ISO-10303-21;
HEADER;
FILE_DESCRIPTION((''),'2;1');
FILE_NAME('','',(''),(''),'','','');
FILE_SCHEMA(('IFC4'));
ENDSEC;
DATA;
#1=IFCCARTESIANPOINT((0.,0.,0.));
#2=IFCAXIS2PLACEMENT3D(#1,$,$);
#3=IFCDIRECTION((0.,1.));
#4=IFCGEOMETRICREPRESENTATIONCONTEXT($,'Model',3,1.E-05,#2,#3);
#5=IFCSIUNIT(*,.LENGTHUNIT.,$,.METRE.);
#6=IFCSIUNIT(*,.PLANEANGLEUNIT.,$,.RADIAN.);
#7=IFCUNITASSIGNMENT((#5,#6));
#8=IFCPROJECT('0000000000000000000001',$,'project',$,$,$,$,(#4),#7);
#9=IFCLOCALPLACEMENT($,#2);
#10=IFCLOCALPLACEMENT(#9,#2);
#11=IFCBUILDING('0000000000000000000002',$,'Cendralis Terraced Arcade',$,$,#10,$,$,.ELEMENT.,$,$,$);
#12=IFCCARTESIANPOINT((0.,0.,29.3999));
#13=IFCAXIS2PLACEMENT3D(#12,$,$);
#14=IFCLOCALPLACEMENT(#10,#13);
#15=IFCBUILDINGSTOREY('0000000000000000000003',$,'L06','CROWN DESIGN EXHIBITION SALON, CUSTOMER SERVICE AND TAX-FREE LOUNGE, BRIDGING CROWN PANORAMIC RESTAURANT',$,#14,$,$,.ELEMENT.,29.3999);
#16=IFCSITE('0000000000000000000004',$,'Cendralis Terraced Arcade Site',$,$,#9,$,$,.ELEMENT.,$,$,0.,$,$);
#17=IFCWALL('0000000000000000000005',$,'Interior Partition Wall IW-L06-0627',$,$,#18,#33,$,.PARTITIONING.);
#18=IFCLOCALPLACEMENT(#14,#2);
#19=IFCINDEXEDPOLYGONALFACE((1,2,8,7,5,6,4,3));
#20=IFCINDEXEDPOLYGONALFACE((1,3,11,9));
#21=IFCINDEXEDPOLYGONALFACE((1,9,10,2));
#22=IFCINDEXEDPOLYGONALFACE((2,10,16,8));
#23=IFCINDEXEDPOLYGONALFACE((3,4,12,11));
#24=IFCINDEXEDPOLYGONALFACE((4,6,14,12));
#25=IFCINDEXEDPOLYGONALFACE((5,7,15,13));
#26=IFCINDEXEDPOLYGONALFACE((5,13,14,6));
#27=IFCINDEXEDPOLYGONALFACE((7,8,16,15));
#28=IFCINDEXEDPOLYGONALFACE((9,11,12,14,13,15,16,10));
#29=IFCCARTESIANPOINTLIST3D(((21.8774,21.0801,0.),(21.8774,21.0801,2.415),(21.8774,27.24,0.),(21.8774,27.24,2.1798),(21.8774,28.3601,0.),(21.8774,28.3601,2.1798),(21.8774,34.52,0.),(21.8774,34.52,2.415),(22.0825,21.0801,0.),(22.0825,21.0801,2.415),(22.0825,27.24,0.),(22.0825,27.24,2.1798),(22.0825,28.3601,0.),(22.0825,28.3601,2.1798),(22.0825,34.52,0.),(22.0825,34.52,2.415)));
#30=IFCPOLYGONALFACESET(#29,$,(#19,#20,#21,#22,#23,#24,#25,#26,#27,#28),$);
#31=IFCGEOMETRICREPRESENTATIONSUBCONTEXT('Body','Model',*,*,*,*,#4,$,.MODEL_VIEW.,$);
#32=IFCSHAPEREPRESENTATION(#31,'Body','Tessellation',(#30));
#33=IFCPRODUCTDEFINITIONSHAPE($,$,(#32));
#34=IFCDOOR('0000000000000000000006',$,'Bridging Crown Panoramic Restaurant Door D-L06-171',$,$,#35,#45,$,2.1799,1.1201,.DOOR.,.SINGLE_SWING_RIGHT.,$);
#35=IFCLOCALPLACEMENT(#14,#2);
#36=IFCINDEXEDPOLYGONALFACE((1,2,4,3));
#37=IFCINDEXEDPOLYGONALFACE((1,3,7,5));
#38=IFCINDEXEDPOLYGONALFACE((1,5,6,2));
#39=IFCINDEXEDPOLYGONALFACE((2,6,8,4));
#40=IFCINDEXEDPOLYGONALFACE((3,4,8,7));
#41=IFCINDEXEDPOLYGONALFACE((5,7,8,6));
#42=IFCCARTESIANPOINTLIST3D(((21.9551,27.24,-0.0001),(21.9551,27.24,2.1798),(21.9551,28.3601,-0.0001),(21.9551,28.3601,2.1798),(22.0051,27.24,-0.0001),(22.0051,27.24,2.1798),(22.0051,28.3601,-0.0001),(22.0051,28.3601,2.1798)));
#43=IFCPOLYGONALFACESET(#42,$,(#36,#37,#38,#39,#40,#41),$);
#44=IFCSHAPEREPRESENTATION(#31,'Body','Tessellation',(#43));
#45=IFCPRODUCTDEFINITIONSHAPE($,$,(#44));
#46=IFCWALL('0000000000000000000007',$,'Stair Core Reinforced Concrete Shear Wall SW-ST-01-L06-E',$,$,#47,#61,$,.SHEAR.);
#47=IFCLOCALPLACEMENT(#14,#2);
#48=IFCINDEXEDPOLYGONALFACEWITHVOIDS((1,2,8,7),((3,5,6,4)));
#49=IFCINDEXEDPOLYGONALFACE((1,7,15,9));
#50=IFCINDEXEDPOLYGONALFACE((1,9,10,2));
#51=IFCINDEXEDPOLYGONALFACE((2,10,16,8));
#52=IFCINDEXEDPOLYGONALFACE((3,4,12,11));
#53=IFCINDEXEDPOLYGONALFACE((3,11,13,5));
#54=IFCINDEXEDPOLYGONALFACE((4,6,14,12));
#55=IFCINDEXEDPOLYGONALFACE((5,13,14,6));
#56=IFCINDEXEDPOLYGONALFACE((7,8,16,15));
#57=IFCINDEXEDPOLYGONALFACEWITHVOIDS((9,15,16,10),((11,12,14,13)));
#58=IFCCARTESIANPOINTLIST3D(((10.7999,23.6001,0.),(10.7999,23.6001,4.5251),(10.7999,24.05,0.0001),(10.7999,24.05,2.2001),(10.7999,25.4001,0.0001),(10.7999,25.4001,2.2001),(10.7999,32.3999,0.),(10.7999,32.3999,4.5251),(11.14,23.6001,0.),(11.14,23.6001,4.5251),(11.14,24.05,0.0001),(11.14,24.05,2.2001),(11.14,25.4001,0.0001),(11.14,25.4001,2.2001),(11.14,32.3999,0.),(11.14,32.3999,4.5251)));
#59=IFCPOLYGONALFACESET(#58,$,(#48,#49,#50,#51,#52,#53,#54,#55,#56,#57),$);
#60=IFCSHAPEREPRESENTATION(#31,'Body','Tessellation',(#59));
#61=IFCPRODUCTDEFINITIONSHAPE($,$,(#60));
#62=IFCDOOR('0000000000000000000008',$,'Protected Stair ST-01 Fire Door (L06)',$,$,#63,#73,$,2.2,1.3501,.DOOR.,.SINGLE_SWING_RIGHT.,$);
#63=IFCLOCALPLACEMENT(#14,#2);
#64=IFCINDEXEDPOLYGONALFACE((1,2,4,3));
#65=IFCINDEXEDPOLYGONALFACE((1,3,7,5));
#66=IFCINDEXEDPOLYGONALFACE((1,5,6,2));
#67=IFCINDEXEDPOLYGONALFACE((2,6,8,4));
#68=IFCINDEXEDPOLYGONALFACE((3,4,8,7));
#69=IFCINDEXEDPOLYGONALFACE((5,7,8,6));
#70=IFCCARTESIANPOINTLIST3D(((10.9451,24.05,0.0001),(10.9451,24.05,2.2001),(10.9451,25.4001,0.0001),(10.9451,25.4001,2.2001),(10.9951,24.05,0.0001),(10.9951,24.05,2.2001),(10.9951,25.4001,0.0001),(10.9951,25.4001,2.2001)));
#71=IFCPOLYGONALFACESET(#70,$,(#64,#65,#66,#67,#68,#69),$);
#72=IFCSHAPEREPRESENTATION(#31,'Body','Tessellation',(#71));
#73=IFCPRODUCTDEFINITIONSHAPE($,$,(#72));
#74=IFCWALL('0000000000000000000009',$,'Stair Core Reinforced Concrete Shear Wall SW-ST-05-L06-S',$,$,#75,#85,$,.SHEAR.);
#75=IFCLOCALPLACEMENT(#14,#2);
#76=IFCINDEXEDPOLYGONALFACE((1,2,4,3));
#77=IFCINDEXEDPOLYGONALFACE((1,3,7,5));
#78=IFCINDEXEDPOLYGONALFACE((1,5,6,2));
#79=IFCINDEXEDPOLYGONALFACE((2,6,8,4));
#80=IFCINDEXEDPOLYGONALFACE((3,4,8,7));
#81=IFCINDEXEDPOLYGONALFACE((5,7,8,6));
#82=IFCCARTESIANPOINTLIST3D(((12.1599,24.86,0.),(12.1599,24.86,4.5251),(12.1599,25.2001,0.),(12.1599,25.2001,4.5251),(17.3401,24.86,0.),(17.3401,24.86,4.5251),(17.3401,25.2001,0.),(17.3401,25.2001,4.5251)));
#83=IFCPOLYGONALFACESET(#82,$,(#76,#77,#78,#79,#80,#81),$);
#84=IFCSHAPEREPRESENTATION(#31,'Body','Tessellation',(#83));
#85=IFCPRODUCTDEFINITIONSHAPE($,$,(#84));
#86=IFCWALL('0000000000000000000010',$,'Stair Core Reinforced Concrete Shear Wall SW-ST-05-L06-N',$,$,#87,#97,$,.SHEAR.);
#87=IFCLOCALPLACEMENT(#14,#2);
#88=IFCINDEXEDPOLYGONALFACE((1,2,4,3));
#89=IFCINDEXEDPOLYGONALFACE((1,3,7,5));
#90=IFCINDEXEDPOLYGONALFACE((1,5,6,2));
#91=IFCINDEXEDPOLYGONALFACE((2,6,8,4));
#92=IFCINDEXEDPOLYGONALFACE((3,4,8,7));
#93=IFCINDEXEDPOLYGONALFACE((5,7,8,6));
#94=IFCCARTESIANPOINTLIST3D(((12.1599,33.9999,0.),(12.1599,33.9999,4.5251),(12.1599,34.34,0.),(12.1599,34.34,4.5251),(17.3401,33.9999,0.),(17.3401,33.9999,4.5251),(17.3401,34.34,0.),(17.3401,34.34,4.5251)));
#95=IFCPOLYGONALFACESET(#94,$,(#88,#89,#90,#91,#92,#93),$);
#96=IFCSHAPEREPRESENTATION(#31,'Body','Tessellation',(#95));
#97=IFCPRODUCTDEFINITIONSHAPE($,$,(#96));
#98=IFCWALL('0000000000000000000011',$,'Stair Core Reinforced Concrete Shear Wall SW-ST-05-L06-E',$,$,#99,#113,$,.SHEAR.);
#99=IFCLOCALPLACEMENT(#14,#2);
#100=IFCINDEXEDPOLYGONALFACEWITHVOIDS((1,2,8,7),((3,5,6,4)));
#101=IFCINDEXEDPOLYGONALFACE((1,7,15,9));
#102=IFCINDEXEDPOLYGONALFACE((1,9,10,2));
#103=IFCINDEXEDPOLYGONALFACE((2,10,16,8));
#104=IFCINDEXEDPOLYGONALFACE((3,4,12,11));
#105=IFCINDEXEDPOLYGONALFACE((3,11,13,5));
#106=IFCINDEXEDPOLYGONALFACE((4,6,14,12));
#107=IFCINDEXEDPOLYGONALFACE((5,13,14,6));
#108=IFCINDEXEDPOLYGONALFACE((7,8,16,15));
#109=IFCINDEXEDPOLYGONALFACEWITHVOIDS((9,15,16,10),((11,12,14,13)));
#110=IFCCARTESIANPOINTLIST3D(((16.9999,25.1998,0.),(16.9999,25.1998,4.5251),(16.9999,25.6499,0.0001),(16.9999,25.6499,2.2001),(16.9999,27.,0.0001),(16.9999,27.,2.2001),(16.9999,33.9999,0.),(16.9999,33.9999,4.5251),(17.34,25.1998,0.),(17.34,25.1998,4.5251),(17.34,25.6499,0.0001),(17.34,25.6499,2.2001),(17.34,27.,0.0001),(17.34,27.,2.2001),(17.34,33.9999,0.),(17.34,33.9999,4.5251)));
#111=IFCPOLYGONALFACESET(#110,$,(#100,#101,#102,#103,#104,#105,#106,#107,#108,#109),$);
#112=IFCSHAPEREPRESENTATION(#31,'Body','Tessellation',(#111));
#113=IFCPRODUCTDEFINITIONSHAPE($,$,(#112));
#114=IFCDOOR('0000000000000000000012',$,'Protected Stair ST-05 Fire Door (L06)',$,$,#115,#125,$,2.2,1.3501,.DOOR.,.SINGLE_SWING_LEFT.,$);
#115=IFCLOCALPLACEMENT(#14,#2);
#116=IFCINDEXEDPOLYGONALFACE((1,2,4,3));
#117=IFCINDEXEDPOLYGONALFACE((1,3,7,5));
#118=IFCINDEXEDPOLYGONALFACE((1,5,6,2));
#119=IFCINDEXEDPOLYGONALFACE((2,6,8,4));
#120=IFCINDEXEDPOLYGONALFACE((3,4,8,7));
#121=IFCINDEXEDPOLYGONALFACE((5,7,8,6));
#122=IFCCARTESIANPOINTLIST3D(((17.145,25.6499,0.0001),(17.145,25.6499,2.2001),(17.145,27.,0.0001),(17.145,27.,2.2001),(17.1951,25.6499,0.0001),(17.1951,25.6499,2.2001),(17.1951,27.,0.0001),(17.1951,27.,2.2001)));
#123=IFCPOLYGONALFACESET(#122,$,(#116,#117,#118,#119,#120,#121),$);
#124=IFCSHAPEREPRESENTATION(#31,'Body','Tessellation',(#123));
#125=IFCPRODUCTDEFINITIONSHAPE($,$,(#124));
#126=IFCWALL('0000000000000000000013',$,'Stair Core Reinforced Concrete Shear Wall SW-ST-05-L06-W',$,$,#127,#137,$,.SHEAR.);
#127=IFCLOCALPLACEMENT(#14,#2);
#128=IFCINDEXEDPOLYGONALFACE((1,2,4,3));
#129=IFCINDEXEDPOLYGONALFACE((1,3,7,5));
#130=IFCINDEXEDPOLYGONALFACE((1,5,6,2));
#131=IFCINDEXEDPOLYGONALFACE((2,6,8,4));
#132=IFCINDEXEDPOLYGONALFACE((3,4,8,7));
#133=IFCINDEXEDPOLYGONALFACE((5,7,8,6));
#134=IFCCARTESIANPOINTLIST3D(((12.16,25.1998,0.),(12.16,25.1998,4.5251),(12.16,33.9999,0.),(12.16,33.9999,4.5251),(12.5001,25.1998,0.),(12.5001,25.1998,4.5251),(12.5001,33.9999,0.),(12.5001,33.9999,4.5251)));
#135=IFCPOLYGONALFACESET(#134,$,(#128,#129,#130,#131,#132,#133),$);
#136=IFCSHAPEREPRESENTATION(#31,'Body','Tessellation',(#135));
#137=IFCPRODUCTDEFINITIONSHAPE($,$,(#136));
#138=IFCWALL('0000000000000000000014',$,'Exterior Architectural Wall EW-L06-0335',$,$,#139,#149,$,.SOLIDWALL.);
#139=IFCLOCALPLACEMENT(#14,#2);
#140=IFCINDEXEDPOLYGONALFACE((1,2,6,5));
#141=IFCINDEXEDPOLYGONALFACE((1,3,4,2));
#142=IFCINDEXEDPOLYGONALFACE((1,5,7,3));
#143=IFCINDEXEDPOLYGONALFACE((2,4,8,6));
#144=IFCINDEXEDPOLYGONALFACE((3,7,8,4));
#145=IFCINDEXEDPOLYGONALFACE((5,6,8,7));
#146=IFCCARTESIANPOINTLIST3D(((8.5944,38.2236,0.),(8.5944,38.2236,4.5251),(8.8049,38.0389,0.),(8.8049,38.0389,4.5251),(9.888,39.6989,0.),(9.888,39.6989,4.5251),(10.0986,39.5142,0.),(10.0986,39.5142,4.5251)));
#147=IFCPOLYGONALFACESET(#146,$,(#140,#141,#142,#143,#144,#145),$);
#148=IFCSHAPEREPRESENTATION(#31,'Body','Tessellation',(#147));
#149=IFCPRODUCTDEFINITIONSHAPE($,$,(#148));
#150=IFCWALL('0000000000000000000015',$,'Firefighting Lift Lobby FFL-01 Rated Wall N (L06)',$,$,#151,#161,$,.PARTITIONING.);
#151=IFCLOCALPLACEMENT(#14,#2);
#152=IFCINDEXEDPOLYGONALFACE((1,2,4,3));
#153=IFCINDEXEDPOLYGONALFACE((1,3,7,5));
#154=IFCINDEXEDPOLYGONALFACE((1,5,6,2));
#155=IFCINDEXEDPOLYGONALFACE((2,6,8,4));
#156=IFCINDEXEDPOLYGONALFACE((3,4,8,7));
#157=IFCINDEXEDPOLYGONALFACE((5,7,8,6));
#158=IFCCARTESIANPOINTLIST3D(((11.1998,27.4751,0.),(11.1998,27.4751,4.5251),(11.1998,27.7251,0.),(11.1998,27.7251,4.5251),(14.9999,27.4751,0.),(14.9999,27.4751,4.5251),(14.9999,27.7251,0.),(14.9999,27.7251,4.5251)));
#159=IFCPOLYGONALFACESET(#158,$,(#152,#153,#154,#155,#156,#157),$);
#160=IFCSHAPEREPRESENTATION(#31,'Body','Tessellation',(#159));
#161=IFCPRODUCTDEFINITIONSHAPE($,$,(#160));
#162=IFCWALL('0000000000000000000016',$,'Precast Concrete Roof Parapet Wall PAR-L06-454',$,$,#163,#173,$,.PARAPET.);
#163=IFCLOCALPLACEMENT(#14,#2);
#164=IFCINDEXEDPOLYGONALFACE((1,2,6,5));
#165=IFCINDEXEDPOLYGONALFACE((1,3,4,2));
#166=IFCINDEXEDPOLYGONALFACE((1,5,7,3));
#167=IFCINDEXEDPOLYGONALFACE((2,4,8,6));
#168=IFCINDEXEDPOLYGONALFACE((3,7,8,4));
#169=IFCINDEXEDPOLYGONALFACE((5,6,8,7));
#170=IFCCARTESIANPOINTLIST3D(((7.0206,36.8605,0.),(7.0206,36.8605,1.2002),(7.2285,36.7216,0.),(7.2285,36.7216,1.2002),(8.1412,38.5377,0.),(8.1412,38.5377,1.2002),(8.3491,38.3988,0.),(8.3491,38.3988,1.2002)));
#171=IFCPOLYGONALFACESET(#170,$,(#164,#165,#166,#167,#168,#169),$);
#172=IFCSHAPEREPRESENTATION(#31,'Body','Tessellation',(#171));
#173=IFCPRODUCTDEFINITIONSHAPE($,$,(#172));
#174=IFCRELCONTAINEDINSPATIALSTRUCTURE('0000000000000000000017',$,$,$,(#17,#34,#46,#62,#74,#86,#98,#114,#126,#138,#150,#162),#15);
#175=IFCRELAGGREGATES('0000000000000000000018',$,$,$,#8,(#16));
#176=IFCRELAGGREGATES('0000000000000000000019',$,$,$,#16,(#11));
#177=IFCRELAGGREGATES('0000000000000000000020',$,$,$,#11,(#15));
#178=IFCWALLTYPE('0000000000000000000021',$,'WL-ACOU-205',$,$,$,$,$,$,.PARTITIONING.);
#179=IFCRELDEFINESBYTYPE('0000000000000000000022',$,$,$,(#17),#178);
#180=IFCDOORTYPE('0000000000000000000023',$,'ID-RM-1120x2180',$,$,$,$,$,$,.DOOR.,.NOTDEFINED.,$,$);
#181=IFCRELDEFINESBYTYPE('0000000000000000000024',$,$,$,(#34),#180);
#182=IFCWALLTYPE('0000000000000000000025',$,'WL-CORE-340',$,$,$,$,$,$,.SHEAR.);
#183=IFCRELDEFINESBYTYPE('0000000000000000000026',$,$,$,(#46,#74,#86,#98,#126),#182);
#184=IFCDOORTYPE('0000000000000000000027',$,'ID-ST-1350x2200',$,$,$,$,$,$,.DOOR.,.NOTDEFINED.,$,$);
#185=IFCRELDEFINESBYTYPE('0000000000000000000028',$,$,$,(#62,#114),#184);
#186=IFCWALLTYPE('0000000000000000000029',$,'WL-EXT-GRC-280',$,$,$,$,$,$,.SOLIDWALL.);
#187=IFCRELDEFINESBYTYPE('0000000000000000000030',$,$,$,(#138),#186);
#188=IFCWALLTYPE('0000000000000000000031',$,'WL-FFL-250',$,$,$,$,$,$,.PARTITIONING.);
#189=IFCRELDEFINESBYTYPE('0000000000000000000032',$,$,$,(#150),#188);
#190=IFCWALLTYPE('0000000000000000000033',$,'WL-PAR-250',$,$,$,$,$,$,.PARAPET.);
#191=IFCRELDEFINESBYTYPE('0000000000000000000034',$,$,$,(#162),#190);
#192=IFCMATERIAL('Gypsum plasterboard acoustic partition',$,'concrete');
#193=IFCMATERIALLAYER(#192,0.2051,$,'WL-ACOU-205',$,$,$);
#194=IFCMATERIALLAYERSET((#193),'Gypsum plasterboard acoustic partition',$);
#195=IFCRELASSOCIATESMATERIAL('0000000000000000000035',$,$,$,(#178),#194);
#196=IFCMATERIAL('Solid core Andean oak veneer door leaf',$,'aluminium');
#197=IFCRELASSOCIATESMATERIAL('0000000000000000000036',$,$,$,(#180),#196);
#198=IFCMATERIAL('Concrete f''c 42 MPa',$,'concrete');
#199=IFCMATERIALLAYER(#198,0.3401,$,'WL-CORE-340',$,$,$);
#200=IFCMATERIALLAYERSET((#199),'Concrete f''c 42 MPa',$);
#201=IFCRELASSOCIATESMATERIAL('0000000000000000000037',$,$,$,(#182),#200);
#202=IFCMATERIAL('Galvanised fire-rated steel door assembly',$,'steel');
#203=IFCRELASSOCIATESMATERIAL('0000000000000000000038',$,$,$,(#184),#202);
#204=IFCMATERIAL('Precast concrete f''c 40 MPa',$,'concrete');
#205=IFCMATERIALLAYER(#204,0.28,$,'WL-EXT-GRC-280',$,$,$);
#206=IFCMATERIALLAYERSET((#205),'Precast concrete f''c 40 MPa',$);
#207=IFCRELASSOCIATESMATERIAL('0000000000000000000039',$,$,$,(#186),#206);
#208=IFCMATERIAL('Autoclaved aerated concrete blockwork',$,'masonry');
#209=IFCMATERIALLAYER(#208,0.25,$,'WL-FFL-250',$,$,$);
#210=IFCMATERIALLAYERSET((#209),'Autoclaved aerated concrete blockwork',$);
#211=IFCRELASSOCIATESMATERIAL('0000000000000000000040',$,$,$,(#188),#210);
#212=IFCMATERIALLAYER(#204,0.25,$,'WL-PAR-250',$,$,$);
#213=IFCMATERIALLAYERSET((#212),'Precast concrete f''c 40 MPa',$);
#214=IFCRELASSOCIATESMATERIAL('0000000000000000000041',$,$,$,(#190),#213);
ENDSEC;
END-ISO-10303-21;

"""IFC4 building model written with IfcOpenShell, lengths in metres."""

from ifc_helpers import new_model, si_unit, direction, frame, frame_2d, origin, place, context, subcontext, project, spatial, rectangle, extrude, material, layer, layer_set, type_object, element, fill, save


model = new_model("IFC4")

# Units and contexts
model_context = context("Model", 3, precision=1e-05, world=origin(), true_north=direction((0.0, 1.0)))
body_context = subcontext(model_context, "Body", "Model", "MODEL_VIEW")
ifc_project = project(units=[si_unit("LENGTHUNIT", "METRE"), si_unit("PLANEANGLEUNIT", "RADIAN")], contexts=[model_context])

# Site, building, storey
site_placement = place(None, origin())
site = spatial("IfcSite", under=ifc_project, at=site_placement, Name="Cendralis Terraced Arcade Site", CompositionType="ELEMENT", RefElevation=0.0)
building_placement = place(site_placement, origin())
building = spatial("IfcBuilding", under=site, at=building_placement, Name="Cendralis Terraced Arcade", CompositionType="ELEMENT")
storey_placement = place(building_placement, frame((0.0, 0.0, 29.3999)))
storey = spatial("IfcBuildingStorey", under=building, at=storey_placement, Name="L06", Description="CROWN DESIGN EXHIBITION SALON, CUSTOMER SERVICE AND TAX-FREE LOUNGE, BRIDGING CROWN PANORAMIC RESTAURANT", CompositionType="ELEMENT", Elevation=29.3999)

# Shared definitions
ifc_material_1 = material(Name="Concrete f'c 42 MPa", Category="concrete")

# Shared definitions
ifc_material_2 = material(Name="Gypsum plasterboard acoustic partition", Category="concrete")

# Walls, openings, doors
ifc_layer_1 = layer(ifc_material_2, 0.2051, Name="WL-ACOU-205")
ifc_layer_set_1 = layer_set([ifc_layer_1], Name="Gypsum plasterboard acoustic partition")
wall_type_1 = type_object("IfcWallType", Name="WL-ACOU-205", PredefinedType="PARTITIONING", material=ifc_layer_set_1)
wall_1_placement = place(storey_placement, frame((21.98, 21.0801, 0.0), z_axis=(0.0, 0.0, 1.0), x_axis=(0.0, 1.0, 0.0)))
wall_1 = element("IfcWall", 1, at=wall_1_placement, inside=storey, type_object=wall_type_1, Name="Interior Partition Wall IW-L06-0627", PredefinedType="PARTITIONING", context=body_context, shape_type="SweptSolid", body=[
    extrude(rectangle(XDim=13.4399, YDim=0.2051, at=frame_2d((6.72, 0.0))), origin(), (0.0, 0.0, 1.0), 2.415),
])
opening_1_placement = place(wall_1_placement, frame((6.1599, 0.0, 0.0)))
opening_1 = element("IfcOpeningElement", 2, at=opening_1_placement, cuts=wall_1, PredefinedType="OPENING", context=body_context, shape_type="SweptSolid", body=[
    extrude(rectangle(XDim=1.1201, YDim=2.1799, at=frame_2d((0.5601, 1.0898))), frame((0.0, 0.1145, 0.0), z_axis=(0.0, -1.0, 0.0), x_axis=(1.0, 0.0, 0.0)), (0.0, 0.0, 1.0), 0.229),
])
ifc_material_3 = material(Name="Solid core Andean oak veneer door leaf", Category="aluminium")
door_type_1 = type_object("IfcDoorType", Name="ID-RM-1120x2180", OperationType="NOTDEFINED", PredefinedType="DOOR", material=ifc_material_3)
door_1_placement = place(opening_1_placement, origin())
door_1 = element("IfcDoor", 3, at=door_1_placement, inside=storey, type_object=door_type_1, Name="Bridging Crown Panoramic Restaurant Door D-L06-171", OperationType="SINGLE_SWING_RIGHT", OverallHeight=2.1799, OverallWidth=1.1201, PredefinedType="DOOR", context=body_context, shape_type="SweptSolid", body=[
    extrude(rectangle(XDim=1.1201, YDim=2.1799, at=frame_2d((0.5601, 1.0898))), frame((0.0, 0.0249, 0.0), z_axis=(0.0, -1.0, 0.0), x_axis=(1.0, 0.0, 0.0)), (0.0, 0.0, 1.0), 0.05),
])
fill(opening_1, door_1)
ifc_layer_2 = layer(ifc_material_1, 0.3401, Name="WL-CORE-340")
ifc_layer_set_2 = layer_set([ifc_layer_2], Name="Concrete f'c 42 MPa")
wall_type_2 = type_object("IfcWallType", Name="WL-CORE-340", PredefinedType="SHEAR", material=ifc_layer_set_2)
wall_2_placement = place(storey_placement, frame((10.97, 23.6001, 0.0), z_axis=(0.0, 0.0, 1.0), x_axis=(0.0, 1.0, 0.0)))
wall_2 = element("IfcWall", 4, at=wall_2_placement, inside=storey, type_object=wall_type_2, Name="Stair Core Reinforced Concrete Shear Wall SW-ST-01-L06-E", PredefinedType="SHEAR", context=body_context, shape_type="SweptSolid", body=[
    extrude(rectangle(XDim=8.7998, YDim=0.3401, at=frame_2d((4.3999, 0.0))), origin(), (0.0, 0.0, 1.0), 4.5251),
])
opening_2_placement = place(wall_2_placement, frame((0.45, 0.0, 0.0)))
opening_2 = element("IfcOpeningElement", 5, at=opening_2_placement, cuts=wall_2, PredefinedType="OPENING", context=body_context, shape_type="SweptSolid", body=[
    extrude(rectangle(XDim=1.3501, YDim=2.2, at=frame_2d((0.675, 1.1001))), frame((0.0, 0.1821, 0.0), z_axis=(0.0, -1.0, 0.0), x_axis=(1.0, 0.0, 0.0)), (0.0, 0.0, 1.0), 0.364),
])
ifc_material_4 = material(Name="Galvanised fire-rated steel door assembly", Category="steel")
door_type_2 = type_object("IfcDoorType", Name="ID-ST-1350x2200", OperationType="NOTDEFINED", PredefinedType="DOOR", material=ifc_material_4)
door_2_placement = place(opening_2_placement, origin())
door_2 = element("IfcDoor", 6, at=door_2_placement, inside=storey, type_object=door_type_2, Name="Protected Stair ST-01 Fire Door (L06)", OperationType="SINGLE_SWING_RIGHT", OverallHeight=2.2, OverallWidth=1.3501, PredefinedType="DOOR", context=body_context, shape_type="SweptSolid", body=[
    extrude(rectangle(XDim=1.3501, YDim=2.2, at=frame_2d((0.675, 1.1001))), frame((0.0, 0.0249, 0.0), z_axis=(0.0, -1.0, 0.0), x_axis=(1.0, 0.0, 0.0)), (0.0, 0.0, 1.0), 0.05),
])
fill(opening_2, door_2)

# Walls
for number, where, z_axis, x_axis, name in (
    (7, (12.1599, 25.03, 0.0), (0.0, 0.0, 1.0), (1.0, 0.0, 0.0), "Stair Core Reinforced Concrete Shear Wall SW-ST-05-L06-S"),
    (8, (12.1599, 34.1699, 0.0), (0.0, 0.0, 1.0), (1.0, 0.0, 0.0), "Stair Core Reinforced Concrete Shear Wall SW-ST-05-L06-N"),
):
    element("IfcWall", number, at=place(storey_placement, frame(where, z_axis=z_axis, x_axis=x_axis)), inside=storey, type_object=wall_type_2, Name=name, PredefinedType="SHEAR", context=body_context, shape_type="SweptSolid", body=[
        extrude(rectangle(XDim=5.1802, YDim=0.3401, at=frame_2d((2.5901, 0.0))), origin(), (0.0, 0.0, 1.0), 4.5251),
    ])

# Wall, opening, door
wall_3_placement = place(storey_placement, frame((17.1699, 25.2, 0.0), z_axis=(0.0, 0.0, 1.0), x_axis=(0.0, 1.0, 0.0)))
wall_3 = element("IfcWall", 9, at=wall_3_placement, inside=storey, type_object=wall_type_2, Name="Stair Core Reinforced Concrete Shear Wall SW-ST-05-L06-E", PredefinedType="SHEAR", context=body_context, shape_type="SweptSolid", body=[
    extrude(rectangle(XDim=8.8, YDim=0.3401, at=frame_2d((4.3999, 0.0))), origin(), (0.0, 0.0, 1.0), 4.5251),
])
opening_3_placement = place(wall_3_placement, frame((0.45, 0.0, 0.0)))
opening_3 = element("IfcOpeningElement", 10, at=opening_3_placement, cuts=wall_3, PredefinedType="OPENING", context=body_context, shape_type="SweptSolid", body=[
    extrude(rectangle(XDim=1.3501, YDim=2.2, at=frame_2d((0.675, 1.1001))), frame((0.0, 0.1821, 0.0), z_axis=(0.0, -1.0, 0.0), x_axis=(1.0, 0.0, 0.0)), (0.0, 0.0, 1.0), 0.364),
])
door_3_placement = place(opening_3_placement, origin())
door_3 = element("IfcDoor", 11, at=door_3_placement, inside=storey, type_object=door_type_2, Name="Protected Stair ST-05 Fire Door (L06)", OperationType="SINGLE_SWING_LEFT", OverallHeight=2.2, OverallWidth=1.3501, PredefinedType="DOOR", context=body_context, shape_type="SweptSolid", body=[
    extrude(rectangle(XDim=1.3501, YDim=2.2, at=frame_2d((0.675, 1.1001))), frame((0.0, 0.0249, 0.0), z_axis=(0.0, -1.0, 0.0), x_axis=(1.0, 0.0, 0.0)), (0.0, 0.0, 1.0), 0.05),
])
fill(opening_3, door_3)

# Walls
wall_4_placement = place(storey_placement, frame((12.3301, 25.2, 0.0), z_axis=(0.0, 0.0, 1.0), x_axis=(0.0, 1.0, 0.0)))
element("IfcWall", 12, at=wall_4_placement, inside=storey, type_object=wall_type_2, Name="Stair Core Reinforced Concrete Shear Wall SW-ST-05-L06-W", PredefinedType="SHEAR", context=body_context, shape_type="SweptSolid", body=[
    extrude(rectangle(XDim=8.8, YDim=0.3401, at=frame_2d((4.3999, 0.0))), origin(), (0.0, 0.0, 1.0), 4.5251),
])
ifc_material_5 = material(Name="Precast concrete f'c 40 MPa", Category="concrete")
ifc_layer_3 = layer(ifc_material_5, 0.28, Name="WL-EXT-GRC-280")
ifc_layer_set_3 = layer_set([ifc_layer_3], Name="Precast concrete f'c 40 MPa")
wall_type_3 = type_object("IfcWallType", Name="WL-EXT-GRC-280", PredefinedType="SOLIDWALL", material=ifc_layer_set_3)
wall_5_placement = place(storey_placement, frame((8.6997, 38.1313, 0.0), z_axis=(0.0, 0.0, 1.0), x_axis=(0.659306, 0.751875, 0.0)))
element("IfcWall", 13, at=wall_5_placement, inside=storey, type_object=wall_type_3, Name="Exterior Architectural Wall EW-L06-0335", PredefinedType="SOLIDWALL", context=body_context, shape_type="SweptSolid", body=[
    extrude(rectangle(XDim=1.9622, YDim=0.28, at=frame_2d((0.981, 0.0))), origin(), (0.0, 0.0, 1.0), 4.5251),
])
ifc_material_6 = material(Name="Autoclaved aerated concrete blockwork", Category="masonry")
ifc_layer_4 = layer(ifc_material_6, 0.25, Name="WL-FFL-250")
ifc_layer_set_4 = layer_set([ifc_layer_4], Name="Autoclaved aerated concrete blockwork")
wall_type_4 = type_object("IfcWallType", Name="WL-FFL-250", PredefinedType="PARTITIONING", material=ifc_layer_set_4)
wall_6_placement = place(storey_placement, frame((11.2, 27.6001, 0.0), z_axis=(0.0, 0.0, 1.0), x_axis=(1.0, 0.0, 0.0)))
element("IfcWall", 14, at=wall_6_placement, inside=storey, type_object=wall_type_4, Name="Firefighting Lift Lobby FFL-01 Rated Wall N (L06)", PredefinedType="PARTITIONING", context=body_context, shape_type="SweptSolid", body=[
    extrude(rectangle(XDim=3.8, YDim=0.25, at=frame_2d((1.8999, 0.0))), origin(), (0.0, 0.0, 1.0), 4.5251),
])
ifc_layer_5 = layer(ifc_material_5, 0.25, Name="WL-PAR-250")
ifc_layer_set_5 = layer_set([ifc_layer_5], Name="Precast concrete f'c 40 MPa")
wall_type_5 = type_object("IfcWallType", Name="WL-PAR-250", PredefinedType="PARAPET", material=ifc_layer_set_5)
wall_7_placement = place(storey_placement, frame((8.2451, 38.4683, 0.0), z_axis=(0.0, 0.0, 1.0), x_axis=(-0.555538, -0.831491, 0.0)))
element("IfcWall", 15, at=wall_7_placement, inside=storey, type_object=wall_type_5, Name="Precast Concrete Roof Parapet Wall PAR-L06-454", PredefinedType="PARAPET", context=body_context, shape_type="SweptSolid", body=[
    extrude(rectangle(XDim=2.0171, YDim=0.25, at=frame_2d((1.0085, 0.0))), origin(), (0.0, 0.0, 1.0), 1.2002),
])

save(model, "model.ifc")
